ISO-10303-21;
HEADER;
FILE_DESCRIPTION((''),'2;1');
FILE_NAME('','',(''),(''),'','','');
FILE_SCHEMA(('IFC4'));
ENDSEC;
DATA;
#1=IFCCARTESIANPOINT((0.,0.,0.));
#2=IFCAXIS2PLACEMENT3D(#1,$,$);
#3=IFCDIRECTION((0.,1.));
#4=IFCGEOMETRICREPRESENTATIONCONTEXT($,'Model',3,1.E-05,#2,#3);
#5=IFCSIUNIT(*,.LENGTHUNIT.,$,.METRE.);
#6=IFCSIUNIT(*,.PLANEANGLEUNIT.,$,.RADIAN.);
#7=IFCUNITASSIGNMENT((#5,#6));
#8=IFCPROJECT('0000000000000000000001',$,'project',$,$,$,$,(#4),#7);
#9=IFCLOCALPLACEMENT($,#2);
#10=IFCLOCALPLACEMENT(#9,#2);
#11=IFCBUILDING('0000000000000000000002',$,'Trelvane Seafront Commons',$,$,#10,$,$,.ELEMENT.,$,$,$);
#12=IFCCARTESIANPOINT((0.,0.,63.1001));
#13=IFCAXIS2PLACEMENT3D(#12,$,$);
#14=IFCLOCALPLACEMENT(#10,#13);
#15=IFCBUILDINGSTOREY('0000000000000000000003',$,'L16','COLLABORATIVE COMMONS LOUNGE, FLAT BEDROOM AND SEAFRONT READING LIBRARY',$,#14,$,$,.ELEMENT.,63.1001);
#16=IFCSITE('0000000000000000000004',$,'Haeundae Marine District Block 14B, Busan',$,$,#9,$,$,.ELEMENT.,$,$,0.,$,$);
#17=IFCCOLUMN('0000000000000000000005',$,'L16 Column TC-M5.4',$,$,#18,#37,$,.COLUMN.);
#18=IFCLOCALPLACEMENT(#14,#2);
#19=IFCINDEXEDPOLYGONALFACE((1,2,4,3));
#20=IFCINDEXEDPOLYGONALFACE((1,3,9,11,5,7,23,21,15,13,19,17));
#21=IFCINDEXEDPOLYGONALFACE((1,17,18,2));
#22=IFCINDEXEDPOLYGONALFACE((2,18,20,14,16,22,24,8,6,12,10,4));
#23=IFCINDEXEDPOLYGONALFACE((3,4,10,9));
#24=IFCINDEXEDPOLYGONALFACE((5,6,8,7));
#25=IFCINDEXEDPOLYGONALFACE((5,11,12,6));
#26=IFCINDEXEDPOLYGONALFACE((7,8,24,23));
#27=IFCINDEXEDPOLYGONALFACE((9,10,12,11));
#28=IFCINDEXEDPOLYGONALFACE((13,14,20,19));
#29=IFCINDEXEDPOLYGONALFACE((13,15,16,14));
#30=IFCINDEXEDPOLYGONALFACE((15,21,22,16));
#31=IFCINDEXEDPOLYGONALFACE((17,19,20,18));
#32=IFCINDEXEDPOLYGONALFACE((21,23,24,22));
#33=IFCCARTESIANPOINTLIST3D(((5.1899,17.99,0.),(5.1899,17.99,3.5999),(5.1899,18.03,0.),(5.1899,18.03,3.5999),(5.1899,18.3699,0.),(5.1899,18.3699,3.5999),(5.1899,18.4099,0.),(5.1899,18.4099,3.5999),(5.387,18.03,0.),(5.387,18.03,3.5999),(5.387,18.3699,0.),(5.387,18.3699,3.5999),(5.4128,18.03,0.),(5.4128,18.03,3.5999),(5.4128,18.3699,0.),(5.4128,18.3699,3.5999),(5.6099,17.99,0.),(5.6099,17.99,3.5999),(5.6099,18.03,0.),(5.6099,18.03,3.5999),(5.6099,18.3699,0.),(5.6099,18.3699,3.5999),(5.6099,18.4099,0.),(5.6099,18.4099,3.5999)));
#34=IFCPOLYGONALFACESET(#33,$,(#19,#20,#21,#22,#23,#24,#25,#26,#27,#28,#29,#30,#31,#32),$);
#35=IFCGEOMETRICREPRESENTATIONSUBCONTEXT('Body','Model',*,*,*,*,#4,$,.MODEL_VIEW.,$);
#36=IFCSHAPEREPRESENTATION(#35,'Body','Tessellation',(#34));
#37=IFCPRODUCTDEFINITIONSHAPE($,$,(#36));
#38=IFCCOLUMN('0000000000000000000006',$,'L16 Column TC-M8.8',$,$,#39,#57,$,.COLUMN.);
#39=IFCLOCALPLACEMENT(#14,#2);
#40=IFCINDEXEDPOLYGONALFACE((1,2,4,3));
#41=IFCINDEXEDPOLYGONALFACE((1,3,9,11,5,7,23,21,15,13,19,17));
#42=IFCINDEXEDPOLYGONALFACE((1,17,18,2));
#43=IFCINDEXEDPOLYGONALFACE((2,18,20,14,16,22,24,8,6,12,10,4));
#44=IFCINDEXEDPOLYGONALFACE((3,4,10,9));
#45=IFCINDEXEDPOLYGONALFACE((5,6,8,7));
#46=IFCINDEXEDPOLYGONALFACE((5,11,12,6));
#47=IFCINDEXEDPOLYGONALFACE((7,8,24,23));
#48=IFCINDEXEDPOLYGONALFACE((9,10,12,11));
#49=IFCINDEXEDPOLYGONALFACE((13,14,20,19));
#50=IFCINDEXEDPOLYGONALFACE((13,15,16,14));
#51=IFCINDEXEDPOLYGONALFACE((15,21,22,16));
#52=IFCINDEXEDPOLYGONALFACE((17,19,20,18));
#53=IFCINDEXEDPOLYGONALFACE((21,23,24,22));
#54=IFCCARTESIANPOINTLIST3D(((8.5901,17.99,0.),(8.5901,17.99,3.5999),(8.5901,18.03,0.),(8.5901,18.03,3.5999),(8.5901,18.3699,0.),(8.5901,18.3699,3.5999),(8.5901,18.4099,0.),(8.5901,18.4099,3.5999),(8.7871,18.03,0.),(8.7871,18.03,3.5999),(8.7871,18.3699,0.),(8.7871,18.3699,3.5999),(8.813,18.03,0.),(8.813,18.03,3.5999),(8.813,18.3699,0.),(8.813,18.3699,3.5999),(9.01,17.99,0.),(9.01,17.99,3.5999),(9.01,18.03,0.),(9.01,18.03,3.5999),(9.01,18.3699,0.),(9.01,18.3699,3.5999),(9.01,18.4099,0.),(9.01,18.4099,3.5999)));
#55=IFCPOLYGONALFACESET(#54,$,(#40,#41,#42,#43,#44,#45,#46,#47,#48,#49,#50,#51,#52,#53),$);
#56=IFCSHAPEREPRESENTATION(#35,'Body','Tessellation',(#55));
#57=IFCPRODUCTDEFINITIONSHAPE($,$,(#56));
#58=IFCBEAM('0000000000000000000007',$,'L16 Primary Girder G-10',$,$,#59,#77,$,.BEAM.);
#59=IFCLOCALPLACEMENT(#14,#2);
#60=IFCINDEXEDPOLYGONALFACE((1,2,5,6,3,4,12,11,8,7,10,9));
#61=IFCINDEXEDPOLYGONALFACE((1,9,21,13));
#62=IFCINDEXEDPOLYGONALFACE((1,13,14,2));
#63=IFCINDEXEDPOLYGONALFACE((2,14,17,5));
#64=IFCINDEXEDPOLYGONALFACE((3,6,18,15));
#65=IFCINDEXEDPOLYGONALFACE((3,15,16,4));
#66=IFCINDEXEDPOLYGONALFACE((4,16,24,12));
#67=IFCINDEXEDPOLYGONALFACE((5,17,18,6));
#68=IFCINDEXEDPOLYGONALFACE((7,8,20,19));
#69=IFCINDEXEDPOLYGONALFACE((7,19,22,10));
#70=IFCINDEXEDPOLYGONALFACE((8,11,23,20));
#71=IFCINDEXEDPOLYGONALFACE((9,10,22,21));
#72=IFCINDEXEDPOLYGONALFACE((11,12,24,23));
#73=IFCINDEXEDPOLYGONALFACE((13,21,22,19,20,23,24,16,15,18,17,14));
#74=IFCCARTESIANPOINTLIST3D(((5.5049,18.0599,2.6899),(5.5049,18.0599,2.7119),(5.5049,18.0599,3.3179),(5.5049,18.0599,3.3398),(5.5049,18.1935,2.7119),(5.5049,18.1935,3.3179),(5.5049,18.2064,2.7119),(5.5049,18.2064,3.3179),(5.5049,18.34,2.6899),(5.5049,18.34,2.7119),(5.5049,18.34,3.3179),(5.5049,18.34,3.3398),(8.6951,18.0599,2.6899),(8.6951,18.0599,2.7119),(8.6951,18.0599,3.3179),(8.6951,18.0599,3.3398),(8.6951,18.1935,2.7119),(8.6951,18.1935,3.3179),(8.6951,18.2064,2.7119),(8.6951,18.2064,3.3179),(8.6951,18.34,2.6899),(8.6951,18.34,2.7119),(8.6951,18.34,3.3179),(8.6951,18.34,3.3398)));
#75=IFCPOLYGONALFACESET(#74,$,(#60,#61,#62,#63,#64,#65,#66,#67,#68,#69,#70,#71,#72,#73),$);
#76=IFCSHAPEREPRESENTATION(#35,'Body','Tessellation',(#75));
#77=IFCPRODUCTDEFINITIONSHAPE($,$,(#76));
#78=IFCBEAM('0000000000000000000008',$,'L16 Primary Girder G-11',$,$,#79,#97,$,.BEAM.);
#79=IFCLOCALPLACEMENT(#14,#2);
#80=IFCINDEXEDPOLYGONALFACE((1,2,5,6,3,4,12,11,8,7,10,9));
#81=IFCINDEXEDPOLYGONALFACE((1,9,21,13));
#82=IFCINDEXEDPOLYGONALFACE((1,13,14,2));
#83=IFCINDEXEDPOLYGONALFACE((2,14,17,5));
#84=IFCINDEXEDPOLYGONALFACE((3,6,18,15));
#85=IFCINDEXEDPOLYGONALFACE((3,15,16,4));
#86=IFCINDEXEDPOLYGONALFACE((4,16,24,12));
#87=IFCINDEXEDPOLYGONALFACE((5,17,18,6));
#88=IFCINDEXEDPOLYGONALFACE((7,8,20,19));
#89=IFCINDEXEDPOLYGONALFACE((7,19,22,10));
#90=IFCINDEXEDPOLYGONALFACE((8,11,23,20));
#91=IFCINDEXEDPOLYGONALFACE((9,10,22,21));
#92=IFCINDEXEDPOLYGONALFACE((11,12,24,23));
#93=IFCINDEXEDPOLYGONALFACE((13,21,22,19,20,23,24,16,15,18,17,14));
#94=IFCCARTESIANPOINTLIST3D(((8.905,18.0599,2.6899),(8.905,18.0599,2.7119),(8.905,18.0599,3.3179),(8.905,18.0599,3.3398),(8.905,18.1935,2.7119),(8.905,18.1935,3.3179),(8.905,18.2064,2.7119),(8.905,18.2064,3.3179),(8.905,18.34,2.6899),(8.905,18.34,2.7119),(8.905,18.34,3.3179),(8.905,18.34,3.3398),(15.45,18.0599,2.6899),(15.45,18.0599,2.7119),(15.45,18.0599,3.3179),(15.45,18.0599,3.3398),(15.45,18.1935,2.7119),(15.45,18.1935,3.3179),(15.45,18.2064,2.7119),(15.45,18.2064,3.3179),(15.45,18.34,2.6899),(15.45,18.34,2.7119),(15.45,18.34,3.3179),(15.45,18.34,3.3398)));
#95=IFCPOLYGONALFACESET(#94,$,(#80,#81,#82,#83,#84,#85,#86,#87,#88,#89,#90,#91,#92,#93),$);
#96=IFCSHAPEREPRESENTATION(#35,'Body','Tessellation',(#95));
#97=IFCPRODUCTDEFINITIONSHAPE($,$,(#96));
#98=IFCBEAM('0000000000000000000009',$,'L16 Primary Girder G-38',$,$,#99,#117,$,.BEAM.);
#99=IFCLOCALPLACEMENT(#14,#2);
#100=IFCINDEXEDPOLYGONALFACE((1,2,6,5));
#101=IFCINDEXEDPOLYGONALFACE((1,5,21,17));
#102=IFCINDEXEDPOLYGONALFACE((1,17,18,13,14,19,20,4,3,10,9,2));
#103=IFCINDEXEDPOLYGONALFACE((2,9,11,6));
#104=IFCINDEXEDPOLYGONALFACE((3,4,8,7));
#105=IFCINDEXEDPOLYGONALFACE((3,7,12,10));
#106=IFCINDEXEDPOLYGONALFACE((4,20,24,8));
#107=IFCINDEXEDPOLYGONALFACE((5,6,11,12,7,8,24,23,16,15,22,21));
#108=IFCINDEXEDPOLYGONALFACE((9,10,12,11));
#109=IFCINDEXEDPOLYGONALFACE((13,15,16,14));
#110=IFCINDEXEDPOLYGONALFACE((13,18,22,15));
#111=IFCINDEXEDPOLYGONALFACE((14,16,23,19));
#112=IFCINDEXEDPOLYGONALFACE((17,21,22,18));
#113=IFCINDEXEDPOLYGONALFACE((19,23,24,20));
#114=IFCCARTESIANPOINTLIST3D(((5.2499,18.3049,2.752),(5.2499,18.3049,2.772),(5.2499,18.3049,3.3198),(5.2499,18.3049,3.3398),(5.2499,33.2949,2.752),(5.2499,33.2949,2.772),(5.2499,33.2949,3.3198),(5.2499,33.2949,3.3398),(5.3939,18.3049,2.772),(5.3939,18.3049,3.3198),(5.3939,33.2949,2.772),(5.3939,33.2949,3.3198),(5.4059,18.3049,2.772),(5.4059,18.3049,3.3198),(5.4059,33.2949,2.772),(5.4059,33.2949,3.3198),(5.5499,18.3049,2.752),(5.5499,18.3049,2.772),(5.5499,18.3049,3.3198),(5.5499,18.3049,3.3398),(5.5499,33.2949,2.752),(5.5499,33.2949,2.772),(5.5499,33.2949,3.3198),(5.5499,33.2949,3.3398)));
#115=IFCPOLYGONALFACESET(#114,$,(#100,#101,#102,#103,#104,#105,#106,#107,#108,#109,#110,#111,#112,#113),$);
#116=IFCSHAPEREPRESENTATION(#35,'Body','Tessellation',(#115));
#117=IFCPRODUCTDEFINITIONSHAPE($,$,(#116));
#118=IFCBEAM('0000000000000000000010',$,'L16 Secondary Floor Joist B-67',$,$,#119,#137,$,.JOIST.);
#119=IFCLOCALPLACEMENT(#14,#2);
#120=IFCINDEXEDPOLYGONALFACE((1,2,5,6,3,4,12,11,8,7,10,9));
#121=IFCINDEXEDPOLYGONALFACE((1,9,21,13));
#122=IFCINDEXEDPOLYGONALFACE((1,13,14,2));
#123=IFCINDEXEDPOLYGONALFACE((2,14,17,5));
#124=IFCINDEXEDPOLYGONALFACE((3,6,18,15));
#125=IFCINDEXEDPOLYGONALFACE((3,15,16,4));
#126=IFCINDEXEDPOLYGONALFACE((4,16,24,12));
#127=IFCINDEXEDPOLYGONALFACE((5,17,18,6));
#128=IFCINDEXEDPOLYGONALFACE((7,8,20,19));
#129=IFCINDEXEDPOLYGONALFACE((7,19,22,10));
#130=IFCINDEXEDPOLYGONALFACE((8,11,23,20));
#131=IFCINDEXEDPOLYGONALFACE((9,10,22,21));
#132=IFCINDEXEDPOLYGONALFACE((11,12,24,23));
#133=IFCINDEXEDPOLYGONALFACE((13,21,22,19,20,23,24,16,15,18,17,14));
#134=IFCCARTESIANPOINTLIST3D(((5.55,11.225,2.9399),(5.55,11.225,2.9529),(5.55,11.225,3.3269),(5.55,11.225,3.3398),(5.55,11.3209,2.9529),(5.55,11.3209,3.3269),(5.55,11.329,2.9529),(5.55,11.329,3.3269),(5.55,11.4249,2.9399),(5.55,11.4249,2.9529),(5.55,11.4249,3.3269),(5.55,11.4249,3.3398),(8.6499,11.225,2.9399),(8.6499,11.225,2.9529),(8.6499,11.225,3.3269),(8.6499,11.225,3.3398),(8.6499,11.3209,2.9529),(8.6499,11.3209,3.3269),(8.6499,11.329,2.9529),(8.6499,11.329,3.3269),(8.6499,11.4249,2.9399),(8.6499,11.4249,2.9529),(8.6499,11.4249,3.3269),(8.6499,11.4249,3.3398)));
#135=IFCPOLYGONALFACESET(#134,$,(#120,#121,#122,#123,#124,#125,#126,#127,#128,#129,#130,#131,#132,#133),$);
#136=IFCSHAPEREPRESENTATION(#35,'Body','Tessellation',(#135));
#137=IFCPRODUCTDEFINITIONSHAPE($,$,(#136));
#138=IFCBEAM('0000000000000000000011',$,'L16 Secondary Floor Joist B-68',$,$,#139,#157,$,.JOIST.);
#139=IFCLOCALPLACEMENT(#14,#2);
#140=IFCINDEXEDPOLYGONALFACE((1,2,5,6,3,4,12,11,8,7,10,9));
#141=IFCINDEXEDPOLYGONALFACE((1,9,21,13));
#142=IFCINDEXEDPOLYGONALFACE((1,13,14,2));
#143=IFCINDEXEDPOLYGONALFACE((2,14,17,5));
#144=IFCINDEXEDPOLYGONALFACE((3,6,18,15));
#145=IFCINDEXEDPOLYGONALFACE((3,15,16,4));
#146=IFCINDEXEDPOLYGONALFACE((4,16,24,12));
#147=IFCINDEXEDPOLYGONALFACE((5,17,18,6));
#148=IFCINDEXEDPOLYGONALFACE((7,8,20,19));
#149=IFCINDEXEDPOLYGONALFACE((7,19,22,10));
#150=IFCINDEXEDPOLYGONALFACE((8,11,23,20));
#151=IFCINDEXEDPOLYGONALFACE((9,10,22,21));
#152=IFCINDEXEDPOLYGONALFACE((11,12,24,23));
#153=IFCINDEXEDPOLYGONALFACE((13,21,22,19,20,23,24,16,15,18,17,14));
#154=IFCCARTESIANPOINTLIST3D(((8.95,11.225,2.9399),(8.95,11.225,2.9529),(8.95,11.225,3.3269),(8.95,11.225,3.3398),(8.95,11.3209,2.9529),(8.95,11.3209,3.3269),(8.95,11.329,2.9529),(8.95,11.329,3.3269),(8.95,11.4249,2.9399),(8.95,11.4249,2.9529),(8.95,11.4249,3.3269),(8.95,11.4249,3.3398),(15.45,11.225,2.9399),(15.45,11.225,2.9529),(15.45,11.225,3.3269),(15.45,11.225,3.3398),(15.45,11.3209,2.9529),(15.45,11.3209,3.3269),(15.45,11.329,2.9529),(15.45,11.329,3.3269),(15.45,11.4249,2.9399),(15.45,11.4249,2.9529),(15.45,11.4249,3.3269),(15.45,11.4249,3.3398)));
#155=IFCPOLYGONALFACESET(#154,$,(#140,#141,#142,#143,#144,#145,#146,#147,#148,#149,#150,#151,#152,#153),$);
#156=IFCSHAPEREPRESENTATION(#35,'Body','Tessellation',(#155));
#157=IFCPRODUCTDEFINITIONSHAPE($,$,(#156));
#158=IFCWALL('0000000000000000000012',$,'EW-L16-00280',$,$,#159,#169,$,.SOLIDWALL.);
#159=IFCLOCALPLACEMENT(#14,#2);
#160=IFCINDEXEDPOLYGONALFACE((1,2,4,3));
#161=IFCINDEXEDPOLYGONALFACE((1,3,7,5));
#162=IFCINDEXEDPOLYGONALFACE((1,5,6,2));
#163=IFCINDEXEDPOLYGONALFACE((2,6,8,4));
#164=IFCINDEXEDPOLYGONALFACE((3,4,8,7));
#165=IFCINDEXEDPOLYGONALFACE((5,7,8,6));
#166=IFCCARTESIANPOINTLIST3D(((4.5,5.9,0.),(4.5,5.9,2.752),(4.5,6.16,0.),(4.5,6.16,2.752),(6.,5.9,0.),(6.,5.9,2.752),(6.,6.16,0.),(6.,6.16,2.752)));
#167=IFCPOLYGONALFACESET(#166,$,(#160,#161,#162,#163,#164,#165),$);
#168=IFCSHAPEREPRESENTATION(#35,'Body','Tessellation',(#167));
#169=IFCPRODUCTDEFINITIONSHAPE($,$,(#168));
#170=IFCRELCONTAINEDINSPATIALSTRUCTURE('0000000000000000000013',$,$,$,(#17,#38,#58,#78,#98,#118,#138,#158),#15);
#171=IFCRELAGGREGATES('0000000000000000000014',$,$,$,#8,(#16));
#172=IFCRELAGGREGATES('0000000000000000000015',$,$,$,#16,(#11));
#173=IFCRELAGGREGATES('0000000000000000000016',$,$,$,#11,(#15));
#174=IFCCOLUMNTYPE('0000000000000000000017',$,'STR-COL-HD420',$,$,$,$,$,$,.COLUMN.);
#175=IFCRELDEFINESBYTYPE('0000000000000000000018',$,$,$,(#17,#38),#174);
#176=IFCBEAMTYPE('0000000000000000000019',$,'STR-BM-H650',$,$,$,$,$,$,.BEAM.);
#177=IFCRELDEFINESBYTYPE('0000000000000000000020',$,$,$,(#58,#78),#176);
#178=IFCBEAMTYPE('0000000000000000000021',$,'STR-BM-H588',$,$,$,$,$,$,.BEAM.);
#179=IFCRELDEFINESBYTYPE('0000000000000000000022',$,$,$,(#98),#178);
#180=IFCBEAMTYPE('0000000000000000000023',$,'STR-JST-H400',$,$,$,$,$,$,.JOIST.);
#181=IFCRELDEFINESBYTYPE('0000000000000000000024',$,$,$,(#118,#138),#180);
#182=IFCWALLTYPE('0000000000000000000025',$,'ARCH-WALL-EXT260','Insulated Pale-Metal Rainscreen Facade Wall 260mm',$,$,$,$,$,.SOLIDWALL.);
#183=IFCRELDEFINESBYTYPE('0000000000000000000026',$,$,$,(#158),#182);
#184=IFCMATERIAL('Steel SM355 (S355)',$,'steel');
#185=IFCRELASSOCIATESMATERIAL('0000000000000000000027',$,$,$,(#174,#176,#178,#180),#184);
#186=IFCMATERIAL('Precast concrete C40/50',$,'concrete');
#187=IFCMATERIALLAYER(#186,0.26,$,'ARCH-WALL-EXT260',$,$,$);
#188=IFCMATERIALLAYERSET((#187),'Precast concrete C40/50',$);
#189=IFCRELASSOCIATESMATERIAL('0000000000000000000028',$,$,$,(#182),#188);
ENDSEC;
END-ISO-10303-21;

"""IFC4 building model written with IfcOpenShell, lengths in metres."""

from ifc_helpers import new_model, si_unit, direction, frame, frame_2d, origin, origin_2d, place, context, subcontext, project, spatial, rectangle, i_section, extrude, source, transform, mapped, material, layer, layer_set, material_profile, profile_set, type_object, element, save


model = new_model("IFC4")

# Units and contexts
model_context = context("Model", 3, precision=1e-05, world=origin(), true_north=direction((0.0, 1.0)))
body_context = subcontext(model_context, "Body", "Model", "MODEL_VIEW")
ifc_project = project(units=[si_unit("LENGTHUNIT", "METRE"), si_unit("PLANEANGLEUNIT", "RADIAN")], contexts=[model_context])

# Site, building, storey
site_placement = place(None, origin())
site = spatial("IfcSite", under=ifc_project, at=site_placement, Name="Haeundae Marine District Block 14B, Busan", CompositionType="ELEMENT", RefElevation=0.0)
building_placement = place(site_placement, origin())
building = spatial("IfcBuilding", under=site, at=building_placement, Name="Trelvane Seafront Commons", CompositionType="ELEMENT")
storey_placement = place(building_placement, frame((0.0, 0.0, 63.1001)))
storey = spatial("IfcBuildingStorey", under=building, at=storey_placement, Name="L16", Description="COLLABORATIVE COMMONS LOUNGE, FLAT BEDROOM AND SEAFRONT READING LIBRARY", CompositionType="ELEMENT", Elevation=63.1001)

# Columns
ifc_material_1 = material(Name="Steel SM355 (S355)", Category="steel")
ifc_material_profile_1 = material_profile(ifc_material_1, i_section(OverallWidth=0.4199, OverallDepth=0.4199, WebThickness=0.0259, FlangeThickness=0.04, at=origin_2d()), Name="HD-420x420x26x40")
ifc_profile_set_1 = profile_set([ifc_material_profile_1], Name="Steel SM355 (S355)")
column_type = type_object("IfcColumnType", Name="STR-COL-HD420", PredefinedType="COLUMN", material=ifc_profile_set_1)
shared_shape_1 = source(origin(), body_context, "Body", "SweptSolid", [
    extrude(i_section(OverallWidth=0.4199, OverallDepth=0.4199, WebThickness=0.0259, FlangeThickness=0.04, at=origin_2d()), origin(), (0.0, 0.0, 1.0), 3.5999),
])
for number, where, z_axis, x_axis, name in (
    (1, (5.3999, 18.2, 0.0), (0.0, 0.0, 1.0), (1.0, 0.0, 0.0), "L16 Column TC-M5.4"),
    (2, (8.8, 18.2, 0.0), (0.0, 0.0, 1.0), (1.0, 0.0, 0.0), "L16 Column TC-M8.8"),
):
    element("IfcColumn", number, at=place(storey_placement, frame(where, z_axis=z_axis, x_axis=x_axis)), inside=storey, type_object=column_type, Name=name, PredefinedType="COLUMN", context=body_context, shape_type="MappedRepresentation", body=[
        mapped(shared_shape_1, transform((0.0, 0.0, 0.0), x_axis=(1.0, 0.0, 0.0), y_axis=(0.0, 1.0, 0.0), z_axis=(0.0, 0.0, 1.0), scale=1.0)),
    ])

# Beams
ifc_material_profile_2 = material_profile(ifc_material_1, i_section(OverallWidth=0.28, OverallDepth=0.6499, WebThickness=0.0129, FlangeThickness=0.022, at=origin_2d()), Name="H-650x280x13x22")
ifc_profile_set_2 = profile_set([ifc_material_profile_2], Name="Steel SM355 (S355)")
beam_type_1 = type_object("IfcBeamType", Name="STR-BM-H650", PredefinedType="BEAM", material=ifc_profile_set_2)
shared_shape_2 = source(origin(), body_context, "Body", "SweptSolid", [
    extrude(i_section(OverallWidth=0.28, OverallDepth=0.6499, WebThickness=0.0129, FlangeThickness=0.022, at=origin_2d()), origin(), (0.0, 0.0, 1.0), 3.1902),
])
beam_1_placement = place(storey_placement, frame((5.5049, 18.2, 3.0149), z_axis=(1.0, 0.0, 0.0), x_axis=(0.0, 1.0, 0.0)))
element("IfcBeam", 3, at=beam_1_placement, inside=storey, type_object=beam_type_1, Name="L16 Primary Girder G-10", PredefinedType="BEAM", context=body_context, shape_type="MappedRepresentation", body=[
    mapped(shared_shape_2, transform((0.0, 0.0, 0.0), x_axis=(1.0, 0.0, 0.0), y_axis=(0.0, 1.0, 0.0), z_axis=(0.0, 0.0, 1.0), scale=1.0)),
])
shared_shape_3 = source(origin(), body_context, "Body", "SweptSolid", [
    extrude(i_section(OverallWidth=0.28, OverallDepth=0.6499, WebThickness=0.0129, FlangeThickness=0.022, at=origin_2d()), origin(), (0.0, 0.0, 1.0), 6.5449),
])
beam_2_placement = place(storey_placement, frame((8.905, 18.2, 3.0149), z_axis=(1.0, 0.0, 0.0), x_axis=(0.0, 1.0, 0.0)))
element("IfcBeam", 4, at=beam_2_placement, inside=storey, type_object=beam_type_1, Name="L16 Primary Girder G-11", PredefinedType="BEAM", context=body_context, shape_type="MappedRepresentation", body=[
    mapped(shared_shape_3, transform((0.0, 0.0, 0.0), x_axis=(1.0, 0.0, 0.0), y_axis=(0.0, 1.0, 0.0), z_axis=(0.0, 0.0, 1.0), scale=1.0)),
])
ifc_material_profile_3 = material_profile(ifc_material_1, i_section(OverallWidth=0.3, OverallDepth=0.5879, WebThickness=0.012, FlangeThickness=0.02, at=origin_2d()), Name="H-588x300x12x20")
ifc_profile_set_3 = profile_set([ifc_material_profile_3], Name="Steel SM355 (S355)")
beam_type_2 = type_object("IfcBeamType", Name="STR-BM-H588", PredefinedType="BEAM", material=ifc_profile_set_3)
shared_shape_4 = source(origin(), body_context, "Body", "SweptSolid", [
    extrude(i_section(OverallWidth=0.3, OverallDepth=0.5879, WebThickness=0.012, FlangeThickness=0.02, at=origin_2d()), origin(), (0.0, 0.0, 1.0), 14.99),
])
beam_3_placement = place(storey_placement, frame((5.3999, 18.3049, 3.0459), z_axis=(0.0, 1.0, 0.0), x_axis=(-1.0, 0.0, 0.0)))
element("IfcBeam", 5, at=beam_3_placement, inside=storey, type_object=beam_type_2, Name="L16 Primary Girder G-38", PredefinedType="BEAM", context=body_context, shape_type="MappedRepresentation", body=[
    mapped(shared_shape_4, transform((0.0, 0.0, 0.0), x_axis=(1.0, 0.0, 0.0), y_axis=(0.0, 1.0, 0.0), z_axis=(0.0, 0.0, 1.0), scale=1.0)),
])
ifc_material_profile_4 = material_profile(ifc_material_1, i_section(OverallWidth=0.2, OverallDepth=0.3999, WebThickness=0.0081, FlangeThickness=0.0129, at=origin_2d()), Name="H-400x200x8x13")
ifc_profile_set_4 = profile_set([ifc_material_profile_4], Name="Steel SM355 (S355)")
beam_type_3 = type_object("IfcBeamType", Name="STR-JST-H400", PredefinedType="JOIST", material=ifc_profile_set_4)
shared_shape_5 = source(origin(), body_context, "Body", "SweptSolid", [
    extrude(i_section(OverallWidth=0.2, OverallDepth=0.3999, WebThickness=0.0081, FlangeThickness=0.0129, at=origin_2d()), origin(), (0.0, 0.0, 1.0), 3.0999),
])
beam_4_placement = place(storey_placement, frame((5.55, 11.325, 3.1399), z_axis=(1.0, 0.0, 0.0), x_axis=(0.0, 1.0, 0.0)))
element("IfcBeam", 6, at=beam_4_placement, inside=storey, type_object=beam_type_3, Name="L16 Secondary Floor Joist B-67", PredefinedType="JOIST", context=body_context, shape_type="MappedRepresentation", body=[
    mapped(shared_shape_5, transform((0.0, 0.0, 0.0), x_axis=(1.0, 0.0, 0.0), y_axis=(0.0, 1.0, 0.0), z_axis=(0.0, 0.0, 1.0), scale=1.0)),
])
shared_shape_6 = source(origin(), body_context, "Body", "SweptSolid", [
    extrude(i_section(OverallWidth=0.2, OverallDepth=0.3999, WebThickness=0.0081, FlangeThickness=0.0129, at=origin_2d()), origin(), (0.0, 0.0, 1.0), 6.5),
])
beam_5_placement = place(storey_placement, frame((8.95, 11.325, 3.1399), z_axis=(1.0, 0.0, 0.0), x_axis=(0.0, 1.0, 0.0)))
element("IfcBeam", 7, at=beam_5_placement, inside=storey, type_object=beam_type_3, Name="L16 Secondary Floor Joist B-68", PredefinedType="JOIST", context=body_context, shape_type="MappedRepresentation", body=[
    mapped(shared_shape_6, transform((0.0, 0.0, 0.0), x_axis=(1.0, 0.0, 0.0), y_axis=(0.0, 1.0, 0.0), z_axis=(0.0, 0.0, 1.0), scale=1.0)),
])

# Wall
ifc_material_2 = material(Name="Precast concrete C40/50", Category="concrete")
ifc_layer_1 = layer(ifc_material_2, 0.26, Name="ARCH-WALL-EXT260")
ifc_layer_set_1 = layer_set([ifc_layer_1], Name="Precast concrete C40/50")
wall_type_1 = type_object("IfcWallType", Name="ARCH-WALL-EXT260", Description="Insulated Pale-Metal Rainscreen Facade Wall 260mm", PredefinedType="SOLIDWALL", material=ifc_layer_set_1)
wall_1_placement = place(storey_placement, frame((6.0, 6.03, 0.0), z_axis=(0.0, 0.0, 1.0), x_axis=(-1.0, 0.0, 0.0)))
element("IfcWall", 8, at=wall_1_placement, inside=storey, type_object=wall_type_1, Name="EW-L16-00280", PredefinedType="SOLIDWALL", context=body_context, shape_type="SweptSolid", body=[
    extrude(rectangle(XDim=1.5, YDim=0.26, at=frame_2d((0.75, 0.0))), origin(), (0.0, 0.0, 1.0), 2.752),
])

save(model, "model.ifc")
